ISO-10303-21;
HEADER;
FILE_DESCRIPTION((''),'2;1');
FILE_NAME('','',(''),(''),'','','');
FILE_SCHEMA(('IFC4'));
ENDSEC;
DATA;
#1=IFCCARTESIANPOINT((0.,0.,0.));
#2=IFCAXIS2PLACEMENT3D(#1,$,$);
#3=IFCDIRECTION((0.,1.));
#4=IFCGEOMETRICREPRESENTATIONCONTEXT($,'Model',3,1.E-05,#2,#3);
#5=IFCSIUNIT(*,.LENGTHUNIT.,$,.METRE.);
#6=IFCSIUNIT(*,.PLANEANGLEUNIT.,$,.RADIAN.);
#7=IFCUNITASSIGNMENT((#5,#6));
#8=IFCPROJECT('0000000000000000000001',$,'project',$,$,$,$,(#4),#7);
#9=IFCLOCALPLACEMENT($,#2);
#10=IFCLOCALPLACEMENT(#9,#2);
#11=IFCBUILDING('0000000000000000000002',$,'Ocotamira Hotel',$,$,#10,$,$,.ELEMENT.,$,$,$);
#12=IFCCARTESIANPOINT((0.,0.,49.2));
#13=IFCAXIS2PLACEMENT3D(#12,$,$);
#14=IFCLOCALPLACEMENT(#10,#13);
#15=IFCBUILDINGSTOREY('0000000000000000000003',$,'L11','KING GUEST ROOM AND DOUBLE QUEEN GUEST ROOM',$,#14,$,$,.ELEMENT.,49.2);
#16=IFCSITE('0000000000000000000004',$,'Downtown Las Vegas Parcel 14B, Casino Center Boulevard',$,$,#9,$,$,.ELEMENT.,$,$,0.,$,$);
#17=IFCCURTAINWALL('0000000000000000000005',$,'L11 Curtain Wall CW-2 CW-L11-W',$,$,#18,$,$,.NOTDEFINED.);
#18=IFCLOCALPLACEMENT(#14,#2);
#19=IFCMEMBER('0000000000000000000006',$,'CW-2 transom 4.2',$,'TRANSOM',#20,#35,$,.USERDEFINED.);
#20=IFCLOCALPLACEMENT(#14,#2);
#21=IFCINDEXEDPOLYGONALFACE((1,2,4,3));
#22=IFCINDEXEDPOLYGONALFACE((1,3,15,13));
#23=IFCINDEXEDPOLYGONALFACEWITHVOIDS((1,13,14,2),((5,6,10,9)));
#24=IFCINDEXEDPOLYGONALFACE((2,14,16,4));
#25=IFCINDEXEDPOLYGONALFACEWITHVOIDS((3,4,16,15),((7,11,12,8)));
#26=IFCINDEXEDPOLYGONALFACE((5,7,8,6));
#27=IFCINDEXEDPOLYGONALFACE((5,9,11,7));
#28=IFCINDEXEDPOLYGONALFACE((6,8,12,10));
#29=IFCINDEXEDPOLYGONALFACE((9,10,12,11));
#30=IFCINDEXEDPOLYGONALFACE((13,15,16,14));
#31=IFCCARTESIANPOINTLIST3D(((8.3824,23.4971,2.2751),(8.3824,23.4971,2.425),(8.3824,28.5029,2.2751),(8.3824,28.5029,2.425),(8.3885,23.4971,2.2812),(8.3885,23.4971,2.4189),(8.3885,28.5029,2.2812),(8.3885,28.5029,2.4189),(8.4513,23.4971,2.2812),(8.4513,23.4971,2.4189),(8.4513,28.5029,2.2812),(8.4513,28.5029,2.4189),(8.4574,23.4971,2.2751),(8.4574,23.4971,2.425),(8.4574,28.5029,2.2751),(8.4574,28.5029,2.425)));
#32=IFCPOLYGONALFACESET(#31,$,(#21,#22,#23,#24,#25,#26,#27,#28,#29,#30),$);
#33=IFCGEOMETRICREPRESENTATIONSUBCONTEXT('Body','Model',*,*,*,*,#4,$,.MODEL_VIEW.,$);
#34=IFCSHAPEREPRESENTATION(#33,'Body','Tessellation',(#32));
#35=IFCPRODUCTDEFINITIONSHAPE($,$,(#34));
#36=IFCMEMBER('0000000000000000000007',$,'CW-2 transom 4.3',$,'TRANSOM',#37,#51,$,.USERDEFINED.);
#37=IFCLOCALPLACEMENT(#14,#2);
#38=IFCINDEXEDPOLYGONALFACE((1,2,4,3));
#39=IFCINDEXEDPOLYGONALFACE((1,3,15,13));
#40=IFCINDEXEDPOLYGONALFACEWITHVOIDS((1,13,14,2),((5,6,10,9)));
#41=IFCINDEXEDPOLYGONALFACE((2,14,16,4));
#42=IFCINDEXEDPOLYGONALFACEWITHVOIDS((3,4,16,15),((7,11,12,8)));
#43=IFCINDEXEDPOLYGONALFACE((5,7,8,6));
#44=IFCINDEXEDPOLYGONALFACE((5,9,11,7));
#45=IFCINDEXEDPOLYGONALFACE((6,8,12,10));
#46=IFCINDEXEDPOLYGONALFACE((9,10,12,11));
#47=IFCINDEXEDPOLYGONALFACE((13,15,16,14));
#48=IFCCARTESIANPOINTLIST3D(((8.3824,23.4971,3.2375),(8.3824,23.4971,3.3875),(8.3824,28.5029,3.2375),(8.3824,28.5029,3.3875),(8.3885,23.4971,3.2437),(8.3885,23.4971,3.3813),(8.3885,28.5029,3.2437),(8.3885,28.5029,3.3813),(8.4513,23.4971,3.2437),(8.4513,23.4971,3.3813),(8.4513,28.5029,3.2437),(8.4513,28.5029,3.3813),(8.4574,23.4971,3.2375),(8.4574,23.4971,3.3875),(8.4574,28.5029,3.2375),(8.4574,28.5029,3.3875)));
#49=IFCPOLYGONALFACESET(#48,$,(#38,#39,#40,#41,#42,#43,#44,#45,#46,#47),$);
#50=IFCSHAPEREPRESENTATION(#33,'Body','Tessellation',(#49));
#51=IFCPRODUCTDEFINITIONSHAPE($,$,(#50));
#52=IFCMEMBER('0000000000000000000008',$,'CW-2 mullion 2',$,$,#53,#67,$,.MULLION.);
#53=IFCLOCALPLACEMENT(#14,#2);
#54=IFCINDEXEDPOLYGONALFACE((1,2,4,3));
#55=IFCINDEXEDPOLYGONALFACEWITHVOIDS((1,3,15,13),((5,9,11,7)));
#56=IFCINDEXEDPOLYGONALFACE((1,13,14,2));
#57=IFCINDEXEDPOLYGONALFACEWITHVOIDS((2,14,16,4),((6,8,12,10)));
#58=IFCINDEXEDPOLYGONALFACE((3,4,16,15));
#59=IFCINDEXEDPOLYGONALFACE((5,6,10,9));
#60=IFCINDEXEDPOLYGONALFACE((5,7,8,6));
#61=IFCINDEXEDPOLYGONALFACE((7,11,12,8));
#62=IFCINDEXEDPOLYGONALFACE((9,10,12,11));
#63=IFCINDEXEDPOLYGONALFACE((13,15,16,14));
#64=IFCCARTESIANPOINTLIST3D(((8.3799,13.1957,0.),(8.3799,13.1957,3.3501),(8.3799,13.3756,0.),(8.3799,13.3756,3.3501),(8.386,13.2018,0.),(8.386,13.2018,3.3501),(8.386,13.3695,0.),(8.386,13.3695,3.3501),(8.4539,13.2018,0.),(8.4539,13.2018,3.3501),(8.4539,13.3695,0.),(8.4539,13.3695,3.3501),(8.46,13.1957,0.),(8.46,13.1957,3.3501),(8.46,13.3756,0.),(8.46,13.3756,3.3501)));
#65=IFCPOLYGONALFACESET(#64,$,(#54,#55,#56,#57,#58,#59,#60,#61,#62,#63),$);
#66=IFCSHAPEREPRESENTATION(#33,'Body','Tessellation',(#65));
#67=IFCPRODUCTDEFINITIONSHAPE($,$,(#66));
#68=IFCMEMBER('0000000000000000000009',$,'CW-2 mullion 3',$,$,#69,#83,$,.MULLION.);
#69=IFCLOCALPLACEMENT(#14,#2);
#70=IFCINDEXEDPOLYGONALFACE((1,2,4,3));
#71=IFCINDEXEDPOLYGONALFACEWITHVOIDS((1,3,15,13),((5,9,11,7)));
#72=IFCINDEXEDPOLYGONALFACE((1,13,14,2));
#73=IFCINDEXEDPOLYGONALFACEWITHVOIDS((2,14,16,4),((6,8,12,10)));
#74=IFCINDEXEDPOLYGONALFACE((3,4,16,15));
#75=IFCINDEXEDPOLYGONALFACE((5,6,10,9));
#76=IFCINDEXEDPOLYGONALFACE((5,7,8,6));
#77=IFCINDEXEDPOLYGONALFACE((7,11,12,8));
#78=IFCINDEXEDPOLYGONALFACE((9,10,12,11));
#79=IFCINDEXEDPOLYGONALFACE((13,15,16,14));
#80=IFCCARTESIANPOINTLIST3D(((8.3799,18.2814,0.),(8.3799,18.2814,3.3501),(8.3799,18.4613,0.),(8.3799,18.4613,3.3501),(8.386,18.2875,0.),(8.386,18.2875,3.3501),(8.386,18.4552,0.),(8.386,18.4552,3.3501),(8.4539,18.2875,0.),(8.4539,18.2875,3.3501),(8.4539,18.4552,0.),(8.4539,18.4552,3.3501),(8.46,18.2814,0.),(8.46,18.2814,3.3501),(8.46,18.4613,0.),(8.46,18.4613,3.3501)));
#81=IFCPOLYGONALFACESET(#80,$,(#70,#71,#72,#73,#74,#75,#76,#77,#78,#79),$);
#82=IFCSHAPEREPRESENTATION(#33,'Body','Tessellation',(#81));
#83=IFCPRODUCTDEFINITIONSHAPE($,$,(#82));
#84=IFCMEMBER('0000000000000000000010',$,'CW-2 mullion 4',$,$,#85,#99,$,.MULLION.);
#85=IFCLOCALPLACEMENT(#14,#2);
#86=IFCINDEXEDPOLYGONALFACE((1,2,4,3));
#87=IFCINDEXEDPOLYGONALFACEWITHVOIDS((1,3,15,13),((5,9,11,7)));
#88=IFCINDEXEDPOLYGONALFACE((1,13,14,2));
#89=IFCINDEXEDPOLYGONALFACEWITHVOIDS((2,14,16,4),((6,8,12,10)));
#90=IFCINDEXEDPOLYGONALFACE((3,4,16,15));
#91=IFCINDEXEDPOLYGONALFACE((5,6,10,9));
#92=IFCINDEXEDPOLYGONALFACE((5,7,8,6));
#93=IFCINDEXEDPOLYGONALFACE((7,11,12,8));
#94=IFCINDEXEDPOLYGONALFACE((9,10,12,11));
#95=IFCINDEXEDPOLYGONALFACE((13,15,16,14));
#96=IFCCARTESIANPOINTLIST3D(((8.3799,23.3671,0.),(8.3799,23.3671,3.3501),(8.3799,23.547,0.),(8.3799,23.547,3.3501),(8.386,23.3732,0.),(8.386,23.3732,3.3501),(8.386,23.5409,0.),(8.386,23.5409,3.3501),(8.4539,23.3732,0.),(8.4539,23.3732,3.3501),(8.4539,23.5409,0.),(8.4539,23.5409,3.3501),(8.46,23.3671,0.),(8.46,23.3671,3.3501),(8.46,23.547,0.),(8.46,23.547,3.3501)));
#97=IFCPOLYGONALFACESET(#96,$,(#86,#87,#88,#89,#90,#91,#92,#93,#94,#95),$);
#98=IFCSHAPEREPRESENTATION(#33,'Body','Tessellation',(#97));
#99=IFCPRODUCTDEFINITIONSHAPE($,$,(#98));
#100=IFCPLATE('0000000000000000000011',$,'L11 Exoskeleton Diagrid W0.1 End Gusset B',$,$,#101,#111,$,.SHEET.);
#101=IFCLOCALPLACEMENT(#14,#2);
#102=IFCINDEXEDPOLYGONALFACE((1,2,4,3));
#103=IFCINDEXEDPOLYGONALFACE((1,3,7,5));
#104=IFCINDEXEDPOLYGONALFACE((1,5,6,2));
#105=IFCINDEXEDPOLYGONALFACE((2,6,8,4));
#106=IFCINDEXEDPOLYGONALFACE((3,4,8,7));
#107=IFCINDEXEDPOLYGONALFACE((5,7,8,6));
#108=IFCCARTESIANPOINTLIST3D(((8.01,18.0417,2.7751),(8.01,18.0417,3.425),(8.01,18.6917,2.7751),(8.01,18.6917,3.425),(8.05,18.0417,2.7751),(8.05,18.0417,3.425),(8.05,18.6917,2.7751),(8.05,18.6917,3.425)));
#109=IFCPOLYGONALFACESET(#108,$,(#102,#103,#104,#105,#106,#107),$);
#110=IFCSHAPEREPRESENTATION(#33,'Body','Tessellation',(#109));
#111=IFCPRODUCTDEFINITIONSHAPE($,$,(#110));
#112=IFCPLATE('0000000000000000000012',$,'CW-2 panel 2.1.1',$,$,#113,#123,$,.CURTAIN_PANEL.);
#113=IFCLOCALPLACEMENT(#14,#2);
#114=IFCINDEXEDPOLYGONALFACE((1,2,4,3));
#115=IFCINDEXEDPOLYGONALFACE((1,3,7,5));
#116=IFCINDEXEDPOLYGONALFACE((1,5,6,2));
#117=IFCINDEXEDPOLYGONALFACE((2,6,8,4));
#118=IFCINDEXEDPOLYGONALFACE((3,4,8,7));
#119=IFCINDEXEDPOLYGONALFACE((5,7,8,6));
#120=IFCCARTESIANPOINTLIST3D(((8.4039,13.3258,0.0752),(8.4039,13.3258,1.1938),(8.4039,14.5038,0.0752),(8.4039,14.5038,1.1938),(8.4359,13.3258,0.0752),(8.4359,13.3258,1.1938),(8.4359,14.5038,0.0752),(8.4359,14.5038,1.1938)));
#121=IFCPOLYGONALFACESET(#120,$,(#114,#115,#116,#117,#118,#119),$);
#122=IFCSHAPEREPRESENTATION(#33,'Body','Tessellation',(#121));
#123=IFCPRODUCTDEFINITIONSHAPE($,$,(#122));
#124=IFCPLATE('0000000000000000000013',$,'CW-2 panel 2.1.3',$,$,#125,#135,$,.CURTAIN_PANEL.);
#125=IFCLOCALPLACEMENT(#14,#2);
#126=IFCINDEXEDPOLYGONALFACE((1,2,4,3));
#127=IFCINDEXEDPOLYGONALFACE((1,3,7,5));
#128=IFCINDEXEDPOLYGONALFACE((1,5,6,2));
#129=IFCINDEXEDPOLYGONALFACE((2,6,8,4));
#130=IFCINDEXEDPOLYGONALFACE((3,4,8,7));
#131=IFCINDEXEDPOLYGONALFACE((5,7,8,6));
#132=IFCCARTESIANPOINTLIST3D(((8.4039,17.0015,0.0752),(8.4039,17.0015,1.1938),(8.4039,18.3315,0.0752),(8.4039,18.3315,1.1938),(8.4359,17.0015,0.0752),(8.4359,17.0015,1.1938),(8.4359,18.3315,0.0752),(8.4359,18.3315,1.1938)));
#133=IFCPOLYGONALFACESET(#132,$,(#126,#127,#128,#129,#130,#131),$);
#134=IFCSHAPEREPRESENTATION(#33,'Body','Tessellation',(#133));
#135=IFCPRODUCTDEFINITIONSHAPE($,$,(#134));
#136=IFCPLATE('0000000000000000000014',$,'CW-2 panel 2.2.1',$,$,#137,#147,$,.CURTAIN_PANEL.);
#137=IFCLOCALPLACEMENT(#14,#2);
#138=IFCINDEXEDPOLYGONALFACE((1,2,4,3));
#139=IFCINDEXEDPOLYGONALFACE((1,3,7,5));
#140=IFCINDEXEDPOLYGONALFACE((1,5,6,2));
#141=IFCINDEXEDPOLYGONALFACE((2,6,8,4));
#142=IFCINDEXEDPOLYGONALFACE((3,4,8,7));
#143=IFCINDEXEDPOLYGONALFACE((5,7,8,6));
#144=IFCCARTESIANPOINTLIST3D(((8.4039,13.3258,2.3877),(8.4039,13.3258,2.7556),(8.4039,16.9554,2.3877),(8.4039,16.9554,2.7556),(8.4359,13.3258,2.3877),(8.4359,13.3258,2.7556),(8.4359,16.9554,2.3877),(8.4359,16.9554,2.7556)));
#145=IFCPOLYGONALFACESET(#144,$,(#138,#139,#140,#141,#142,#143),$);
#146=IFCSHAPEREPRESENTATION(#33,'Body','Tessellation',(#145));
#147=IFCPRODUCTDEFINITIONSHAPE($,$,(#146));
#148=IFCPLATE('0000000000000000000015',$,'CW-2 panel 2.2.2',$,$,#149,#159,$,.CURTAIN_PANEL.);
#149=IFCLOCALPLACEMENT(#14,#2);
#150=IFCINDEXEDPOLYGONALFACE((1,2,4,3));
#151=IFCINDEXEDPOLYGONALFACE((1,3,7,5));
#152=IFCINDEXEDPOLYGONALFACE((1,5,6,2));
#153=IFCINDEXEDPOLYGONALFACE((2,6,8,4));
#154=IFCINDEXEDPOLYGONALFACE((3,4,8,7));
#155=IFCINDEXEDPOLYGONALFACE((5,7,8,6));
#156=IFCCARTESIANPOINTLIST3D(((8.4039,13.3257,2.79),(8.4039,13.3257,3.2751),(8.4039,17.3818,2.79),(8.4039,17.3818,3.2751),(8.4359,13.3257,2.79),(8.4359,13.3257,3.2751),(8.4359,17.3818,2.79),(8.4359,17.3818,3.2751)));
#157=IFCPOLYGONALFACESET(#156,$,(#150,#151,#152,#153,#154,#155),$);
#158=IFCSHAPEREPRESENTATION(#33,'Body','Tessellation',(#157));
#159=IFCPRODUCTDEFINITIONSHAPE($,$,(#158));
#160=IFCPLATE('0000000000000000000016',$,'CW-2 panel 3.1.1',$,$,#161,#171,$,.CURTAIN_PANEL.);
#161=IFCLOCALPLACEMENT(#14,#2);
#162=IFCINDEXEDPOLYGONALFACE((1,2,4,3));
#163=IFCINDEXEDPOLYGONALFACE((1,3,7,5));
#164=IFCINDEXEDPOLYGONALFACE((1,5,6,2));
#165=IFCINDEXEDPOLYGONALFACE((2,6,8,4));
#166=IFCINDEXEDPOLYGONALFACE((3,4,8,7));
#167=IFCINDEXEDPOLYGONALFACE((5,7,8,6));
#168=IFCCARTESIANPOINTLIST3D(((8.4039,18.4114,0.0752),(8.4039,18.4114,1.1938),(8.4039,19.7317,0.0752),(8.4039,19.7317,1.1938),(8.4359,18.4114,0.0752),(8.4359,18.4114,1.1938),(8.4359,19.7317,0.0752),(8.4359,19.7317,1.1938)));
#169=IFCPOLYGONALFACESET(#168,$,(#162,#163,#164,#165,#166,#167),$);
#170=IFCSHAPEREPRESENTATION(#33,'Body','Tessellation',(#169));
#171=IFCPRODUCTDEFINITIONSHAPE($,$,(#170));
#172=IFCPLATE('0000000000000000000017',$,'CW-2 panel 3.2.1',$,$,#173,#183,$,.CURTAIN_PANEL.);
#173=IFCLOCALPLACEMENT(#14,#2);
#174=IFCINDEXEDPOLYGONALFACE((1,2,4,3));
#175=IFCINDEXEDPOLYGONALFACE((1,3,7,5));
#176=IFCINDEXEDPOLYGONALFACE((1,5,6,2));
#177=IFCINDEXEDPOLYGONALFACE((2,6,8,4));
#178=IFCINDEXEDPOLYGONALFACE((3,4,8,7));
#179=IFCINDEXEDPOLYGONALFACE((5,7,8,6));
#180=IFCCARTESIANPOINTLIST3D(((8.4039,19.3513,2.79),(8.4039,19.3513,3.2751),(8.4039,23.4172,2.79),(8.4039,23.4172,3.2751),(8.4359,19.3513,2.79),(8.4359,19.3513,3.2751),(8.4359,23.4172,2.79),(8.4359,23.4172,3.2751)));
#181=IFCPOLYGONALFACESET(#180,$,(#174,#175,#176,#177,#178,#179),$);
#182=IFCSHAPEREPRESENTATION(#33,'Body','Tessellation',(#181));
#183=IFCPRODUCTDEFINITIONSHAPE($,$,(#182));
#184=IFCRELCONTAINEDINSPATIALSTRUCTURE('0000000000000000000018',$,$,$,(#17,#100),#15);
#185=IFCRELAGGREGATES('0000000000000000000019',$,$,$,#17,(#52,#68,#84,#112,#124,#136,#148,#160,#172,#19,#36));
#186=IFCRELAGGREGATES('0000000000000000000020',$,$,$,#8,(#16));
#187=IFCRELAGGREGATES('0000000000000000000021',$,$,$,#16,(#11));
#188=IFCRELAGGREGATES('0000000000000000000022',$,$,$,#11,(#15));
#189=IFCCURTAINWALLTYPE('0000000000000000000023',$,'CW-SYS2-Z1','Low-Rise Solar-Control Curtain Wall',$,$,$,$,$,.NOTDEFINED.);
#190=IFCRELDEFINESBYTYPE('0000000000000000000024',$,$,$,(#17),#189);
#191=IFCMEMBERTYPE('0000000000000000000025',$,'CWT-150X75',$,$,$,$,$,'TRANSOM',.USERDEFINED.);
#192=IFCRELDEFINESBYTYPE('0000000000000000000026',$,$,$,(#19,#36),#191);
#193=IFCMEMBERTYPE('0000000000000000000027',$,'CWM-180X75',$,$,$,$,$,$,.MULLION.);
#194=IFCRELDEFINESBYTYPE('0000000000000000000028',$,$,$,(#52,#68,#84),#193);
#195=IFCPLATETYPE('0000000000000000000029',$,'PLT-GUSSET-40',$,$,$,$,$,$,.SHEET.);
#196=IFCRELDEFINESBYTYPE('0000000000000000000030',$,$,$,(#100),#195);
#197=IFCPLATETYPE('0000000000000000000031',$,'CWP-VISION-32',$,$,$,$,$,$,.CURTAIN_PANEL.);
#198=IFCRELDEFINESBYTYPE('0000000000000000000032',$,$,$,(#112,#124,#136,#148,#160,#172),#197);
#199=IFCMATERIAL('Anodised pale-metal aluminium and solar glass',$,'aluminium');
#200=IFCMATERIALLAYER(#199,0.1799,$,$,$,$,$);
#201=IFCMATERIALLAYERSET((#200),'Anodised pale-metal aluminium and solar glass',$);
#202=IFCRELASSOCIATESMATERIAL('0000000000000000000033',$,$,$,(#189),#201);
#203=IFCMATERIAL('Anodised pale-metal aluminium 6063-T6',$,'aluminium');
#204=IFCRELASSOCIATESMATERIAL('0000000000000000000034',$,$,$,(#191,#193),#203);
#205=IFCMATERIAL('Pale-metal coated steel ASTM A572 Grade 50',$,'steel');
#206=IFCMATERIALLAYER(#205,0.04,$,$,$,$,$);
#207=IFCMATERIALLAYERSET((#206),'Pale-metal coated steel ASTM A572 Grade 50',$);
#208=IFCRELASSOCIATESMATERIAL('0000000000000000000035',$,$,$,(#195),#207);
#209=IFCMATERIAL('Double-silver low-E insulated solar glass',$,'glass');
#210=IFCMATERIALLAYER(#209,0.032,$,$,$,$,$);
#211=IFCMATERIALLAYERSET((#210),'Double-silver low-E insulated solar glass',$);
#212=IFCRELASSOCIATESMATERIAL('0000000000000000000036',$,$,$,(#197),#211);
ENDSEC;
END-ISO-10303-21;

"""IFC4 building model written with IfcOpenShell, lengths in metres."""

from ifc_helpers import new_model, si_unit, direction, frame, origin, origin_2d, place, context, subcontext, project, spatial, rectangle, hollow_rectangle, extrude, source, transform, mapped, material, layer, layer_set, material_profile, profile_set, type_object, element, aggregate, save


model = new_model("IFC4")

# Units and contexts
model_context = context("Model", 3, precision=1e-05, world=origin(), true_north=direction((0.0, 1.0)))
body_context = subcontext(model_context, "Body", "Model", "MODEL_VIEW")
ifc_project = project(units=[si_unit("LENGTHUNIT", "METRE"), si_unit("PLANEANGLEUNIT", "RADIAN")], contexts=[model_context])

# Site, building, storey
site_placement = place(None, origin())
site = spatial("IfcSite", under=ifc_project, at=site_placement, Name="Downtown Las Vegas Parcel 14B, Casino Center Boulevard", CompositionType="ELEMENT", RefElevation=0.0)
building_placement = place(site_placement, origin())
building = spatial("IfcBuilding", under=site, at=building_placement, Name="Ocotamira Hotel", CompositionType="ELEMENT")
storey_placement = place(building_placement, frame((0.0, 0.0, 49.2)))
storey = spatial("IfcBuildingStorey", under=building, at=storey_placement, Name="L11", Description="KING GUEST ROOM AND DOUBLE QUEEN GUEST ROOM", CompositionType="ELEMENT", Elevation=49.2)

# Curtain wall, members
ifc_material_1 = material(Name="Anodised pale-metal aluminium and solar glass", Category="aluminium")
ifc_layer_1 = layer(ifc_material_1, 0.1799)
ifc_layer_set_1 = layer_set([ifc_layer_1], Name="Anodised pale-metal aluminium and solar glass")
curtain_wall_type = type_object("IfcCurtainWallType", Name="CW-SYS2-Z1", Description="Low-Rise Solar-Control Curtain Wall", PredefinedType="NOTDEFINED", material=ifc_layer_set_1)
curtain_wall_placement = place(storey_placement, origin())
curtain_wall = element("IfcCurtainWall", 1, at=curtain_wall_placement, inside=storey, type_object=curtain_wall_type, Name="L11 Curtain Wall CW-2 CW-L11-W", PredefinedType="NOTDEFINED")
ifc_material_2 = material(Name="Anodised pale-metal aluminium 6063-T6", Category="aluminium")
ifc_material_profile_1 = material_profile(ifc_material_2, hollow_rectangle(XDim=0.075, YDim=0.1499, WallThickness=0.0061, at=origin_2d()), Name="HSS150X75X6")
ifc_profile_set_1 = profile_set([ifc_material_profile_1], Name="Anodised pale-metal aluminium 6063-T6")
member_type_1 = type_object("IfcMemberType", Name="CWT-150X75", ElementType="TRANSOM", PredefinedType="USERDEFINED", material=ifc_profile_set_1)
shared_shape_1 = source(origin(), body_context, "Body", "SweptSolid", [
    extrude(hollow_rectangle(XDim=0.075, YDim=0.1499, WallThickness=0.0061, at=origin_2d()), origin(), (0.0, 0.0, 1.0), 5.0059),
])
member_1_placement = place(storey_placement, frame((8.4199, 23.4971, 2.3501), z_axis=(0.0, 1.0, 0.0), x_axis=(-1.0, 0.0, 0.0)))
member_1 = element("IfcMember", 2, at=member_1_placement, type_object=member_type_1, Name="CW-2 transom 4.2", ObjectType="TRANSOM", PredefinedType="USERDEFINED", context=body_context, shape_type="MappedRepresentation", body=[
    mapped(shared_shape_1, transform((0.0, 0.0, 0.0), scale=1.0)),
])
member_2_placement = place(storey_placement, frame((8.4199, 23.4971, 3.3125), z_axis=(0.0, 1.0, 0.0), x_axis=(-1.0, 0.0, 0.0)))
member_2 = element("IfcMember", 3, at=member_2_placement, type_object=member_type_1, Name="CW-2 transom 4.3", ObjectType="TRANSOM", PredefinedType="USERDEFINED", context=body_context, shape_type="MappedRepresentation", body=[
    mapped(shared_shape_1, transform((0.0, 0.0, 0.0), scale=1.0)),
])
ifc_material_profile_2 = material_profile(ifc_material_2, hollow_rectangle(XDim=0.0801, YDim=0.1799, WallThickness=0.0061, at=origin_2d()), Name="HSS180X80X6")
ifc_profile_set_2 = profile_set([ifc_material_profile_2], Name="Anodised pale-metal aluminium 6063-T6")
member_type_2 = type_object("IfcMemberType", Name="CWM-180X75", PredefinedType="MULLION", material=ifc_profile_set_2)
shared_shape_2 = source(origin(), body_context, "Body", "SweptSolid", [
    extrude(hollow_rectangle(XDim=0.0801, YDim=0.1799, WallThickness=0.0061, at=origin_2d()), origin(), (0.0, 0.0, 1.0), 3.3501),
])
member_3_placement = place(storey_placement, frame((8.4199, 13.2856, 0.0), z_axis=(0.0, 0.0, 1.0), x_axis=(-1.0, 0.0, 0.0)))
member_3 = element("IfcMember", 4, at=member_3_placement, type_object=member_type_2, Name="CW-2 mullion 2", PredefinedType="MULLION", context=body_context, shape_type="MappedRepresentation", body=[
    mapped(shared_shape_2, transform((0.0, 0.0, 0.0), scale=1.0)),
])
member_4_placement = place(storey_placement, frame((8.4199, 18.3713, 0.0), z_axis=(0.0, 0.0, 1.0), x_axis=(-1.0, 0.0, 0.0)))
member_4 = element("IfcMember", 5, at=member_4_placement, type_object=member_type_2, Name="CW-2 mullion 3", PredefinedType="MULLION", context=body_context, shape_type="MappedRepresentation", body=[
    mapped(shared_shape_2, transform((0.0, 0.0, 0.0), scale=1.0)),
])
member_5_placement = place(storey_placement, frame((8.4199, 23.457, 0.0), z_axis=(0.0, 0.0, 1.0), x_axis=(-1.0, 0.0, 0.0)))
member_5 = element("IfcMember", 6, at=member_5_placement, type_object=member_type_2, Name="CW-2 mullion 4", PredefinedType="MULLION", context=body_context, shape_type="MappedRepresentation", body=[
    mapped(shared_shape_2, transform((0.0, 0.0, 0.0), scale=1.0)),
])

# Plates
ifc_material_3 = material(Name="Pale-metal coated steel ASTM A572 Grade 50", Category="steel")
ifc_layer_2 = layer(ifc_material_3, 0.04)
ifc_layer_set_2 = layer_set([ifc_layer_2], Name="Pale-metal coated steel ASTM A572 Grade 50")
plate_type_1 = type_object("IfcPlateType", Name="PLT-GUSSET-40", PredefinedType="SHEET", material=ifc_layer_set_2)
shared_shape_3 = source(origin(), body_context, "Body", "SweptSolid", [
    extrude(rectangle(XDim=0.04, YDim=0.6499, at=origin_2d()), origin(), (0.0, 0.0, 1.0), 0.6499),
])
plate_1_placement = place(storey_placement, frame((8.03, 18.3667, 2.7751), z_axis=(0.0, 0.0, 1.0), x_axis=(1.0, 0.0, 0.0)))
element("IfcPlate", 7, at=plate_1_placement, inside=storey, type_object=plate_type_1, Name="L11 Exoskeleton Diagrid W0.1 End Gusset B", PredefinedType="SHEET", context=body_context, shape_type="MappedRepresentation", body=[
    mapped(shared_shape_3, transform((0.0, 0.0, 0.0), scale=1.0)),
])
ifc_material_4 = material(Name="Double-silver low-E insulated solar glass", Category="glass")
ifc_layer_3 = layer(ifc_material_4, 0.032)
ifc_layer_set_3 = layer_set([ifc_layer_3], Name="Double-silver low-E insulated solar glass")
plate_type_2 = type_object("IfcPlateType", Name="CWP-VISION-32", PredefinedType="CURTAIN_PANEL", material=ifc_layer_set_3)
shared_shape_4 = source(origin(), body_context, "Body", "SweptSolid", [
    extrude(rectangle(XDim=1.178, YDim=0.032, at=origin_2d()), origin(), (0.0, 0.0, 1.0), 1.1187),
])
plate_2_placement = place(storey_placement, frame((8.4199, 13.9148, 0.0752), z_axis=(0.0, 0.0, 1.0), x_axis=(0.0, 1.0, 0.0)))
plate_2 = element("IfcPlate", 8, at=plate_2_placement, type_object=plate_type_2, Name="CW-2 panel 2.1.1", PredefinedType="CURTAIN_PANEL", context=body_context, shape_type="MappedRepresentation", body=[
    mapped(shared_shape_4, transform((0.0, 0.0, 0.0), scale=1.0)),
])
shared_shape_5 = source(origin(), body_context, "Body", "SweptSolid", [
    extrude(rectangle(XDim=1.3301, YDim=0.032, at=origin_2d()), origin(), (0.0, 0.0, 1.0), 1.1187),
])
plate_3_placement = place(storey_placement, frame((8.4199, 17.6665, 0.0752), z_axis=(0.0, 0.0, 1.0), x_axis=(0.0, 1.0, 0.0)))
plate_3 = element("IfcPlate", 9, at=plate_3_placement, type_object=plate_type_2, Name="CW-2 panel 2.1.3", PredefinedType="CURTAIN_PANEL", context=body_context, shape_type="MappedRepresentation", body=[
    mapped(shared_shape_5, transform((0.0, 0.0, 0.0), scale=1.0)),
])
shared_shape_6 = source(origin(), body_context, "Body", "SweptSolid", [
    extrude(rectangle(XDim=3.6296, YDim=0.032, at=origin_2d()), origin(), (0.0, 0.0, 1.0), 0.3679),
])
plate_4_placement = place(storey_placement, frame((8.4199, 15.1406, 2.3877), z_axis=(0.0, 0.0, 1.0), x_axis=(0.0, 1.0, 0.0)))
plate_4 = element("IfcPlate", 10, at=plate_4_placement, type_object=plate_type_2, Name="CW-2 panel 2.2.1", PredefinedType="CURTAIN_PANEL", context=body_context, shape_type="MappedRepresentation", body=[
    mapped(shared_shape_6, transform((0.0, 0.0, 0.0), scale=1.0)),
])
shared_shape_7 = source(origin(), body_context, "Body", "SweptSolid", [
    extrude(rectangle(XDim=4.0562, YDim=0.032, at=origin_2d()), origin(), (0.0, 0.0, 1.0), 0.4851),
])
plate_5_placement = place(storey_placement, frame((8.4199, 15.3538, 2.79), z_axis=(0.0, 0.0, 1.0), x_axis=(0.0, 1.0, 0.0)))
plate_5 = element("IfcPlate", 11, at=plate_5_placement, type_object=plate_type_2, Name="CW-2 panel 2.2.2", PredefinedType="CURTAIN_PANEL", context=body_context, shape_type="MappedRepresentation", body=[
    mapped(shared_shape_7, transform((0.0, 0.0, 0.0), scale=1.0)),
])
shared_shape_8 = source(origin(), body_context, "Body", "SweptSolid", [
    extrude(rectangle(XDim=1.3203, YDim=0.032, at=origin_2d()), origin(), (0.0, 0.0, 1.0), 1.1187),
])
plate_6_placement = place(storey_placement, frame((8.4199, 19.0715, 0.0752), z_axis=(0.0, 0.0, 1.0), x_axis=(0.0, 1.0, 0.0)))
plate_6 = element("IfcPlate", 12, at=plate_6_placement, type_object=plate_type_2, Name="CW-2 panel 3.1.1", PredefinedType="CURTAIN_PANEL", context=body_context, shape_type="MappedRepresentation", body=[
    mapped(shared_shape_8, transform((0.0, 0.0, 0.0), scale=1.0)),
])
shared_shape_9 = source(origin(), body_context, "Body", "SweptSolid", [
    extrude(rectangle(XDim=4.0659, YDim=0.032, at=origin_2d()), origin(), (0.0, 0.0, 1.0), 0.4851),
])
plate_7_placement = place(storey_placement, frame((8.4199, 21.3843, 2.79), z_axis=(0.0, 0.0, 1.0), x_axis=(0.0, 1.0, 0.0)))
plate_7 = element("IfcPlate", 13, at=plate_7_placement, type_object=plate_type_2, Name="CW-2 panel 3.2.1", PredefinedType="CURTAIN_PANEL", context=body_context, shape_type="MappedRepresentation", body=[
    mapped(shared_shape_9, transform((0.0, 0.0, 0.0), scale=1.0)),
])
aggregate(curtain_wall, [member_3, member_4, member_5, plate_2, plate_3, plate_4, plate_5, plate_6, plate_7, member_1, member_2])

save(model, "model.ifc")
